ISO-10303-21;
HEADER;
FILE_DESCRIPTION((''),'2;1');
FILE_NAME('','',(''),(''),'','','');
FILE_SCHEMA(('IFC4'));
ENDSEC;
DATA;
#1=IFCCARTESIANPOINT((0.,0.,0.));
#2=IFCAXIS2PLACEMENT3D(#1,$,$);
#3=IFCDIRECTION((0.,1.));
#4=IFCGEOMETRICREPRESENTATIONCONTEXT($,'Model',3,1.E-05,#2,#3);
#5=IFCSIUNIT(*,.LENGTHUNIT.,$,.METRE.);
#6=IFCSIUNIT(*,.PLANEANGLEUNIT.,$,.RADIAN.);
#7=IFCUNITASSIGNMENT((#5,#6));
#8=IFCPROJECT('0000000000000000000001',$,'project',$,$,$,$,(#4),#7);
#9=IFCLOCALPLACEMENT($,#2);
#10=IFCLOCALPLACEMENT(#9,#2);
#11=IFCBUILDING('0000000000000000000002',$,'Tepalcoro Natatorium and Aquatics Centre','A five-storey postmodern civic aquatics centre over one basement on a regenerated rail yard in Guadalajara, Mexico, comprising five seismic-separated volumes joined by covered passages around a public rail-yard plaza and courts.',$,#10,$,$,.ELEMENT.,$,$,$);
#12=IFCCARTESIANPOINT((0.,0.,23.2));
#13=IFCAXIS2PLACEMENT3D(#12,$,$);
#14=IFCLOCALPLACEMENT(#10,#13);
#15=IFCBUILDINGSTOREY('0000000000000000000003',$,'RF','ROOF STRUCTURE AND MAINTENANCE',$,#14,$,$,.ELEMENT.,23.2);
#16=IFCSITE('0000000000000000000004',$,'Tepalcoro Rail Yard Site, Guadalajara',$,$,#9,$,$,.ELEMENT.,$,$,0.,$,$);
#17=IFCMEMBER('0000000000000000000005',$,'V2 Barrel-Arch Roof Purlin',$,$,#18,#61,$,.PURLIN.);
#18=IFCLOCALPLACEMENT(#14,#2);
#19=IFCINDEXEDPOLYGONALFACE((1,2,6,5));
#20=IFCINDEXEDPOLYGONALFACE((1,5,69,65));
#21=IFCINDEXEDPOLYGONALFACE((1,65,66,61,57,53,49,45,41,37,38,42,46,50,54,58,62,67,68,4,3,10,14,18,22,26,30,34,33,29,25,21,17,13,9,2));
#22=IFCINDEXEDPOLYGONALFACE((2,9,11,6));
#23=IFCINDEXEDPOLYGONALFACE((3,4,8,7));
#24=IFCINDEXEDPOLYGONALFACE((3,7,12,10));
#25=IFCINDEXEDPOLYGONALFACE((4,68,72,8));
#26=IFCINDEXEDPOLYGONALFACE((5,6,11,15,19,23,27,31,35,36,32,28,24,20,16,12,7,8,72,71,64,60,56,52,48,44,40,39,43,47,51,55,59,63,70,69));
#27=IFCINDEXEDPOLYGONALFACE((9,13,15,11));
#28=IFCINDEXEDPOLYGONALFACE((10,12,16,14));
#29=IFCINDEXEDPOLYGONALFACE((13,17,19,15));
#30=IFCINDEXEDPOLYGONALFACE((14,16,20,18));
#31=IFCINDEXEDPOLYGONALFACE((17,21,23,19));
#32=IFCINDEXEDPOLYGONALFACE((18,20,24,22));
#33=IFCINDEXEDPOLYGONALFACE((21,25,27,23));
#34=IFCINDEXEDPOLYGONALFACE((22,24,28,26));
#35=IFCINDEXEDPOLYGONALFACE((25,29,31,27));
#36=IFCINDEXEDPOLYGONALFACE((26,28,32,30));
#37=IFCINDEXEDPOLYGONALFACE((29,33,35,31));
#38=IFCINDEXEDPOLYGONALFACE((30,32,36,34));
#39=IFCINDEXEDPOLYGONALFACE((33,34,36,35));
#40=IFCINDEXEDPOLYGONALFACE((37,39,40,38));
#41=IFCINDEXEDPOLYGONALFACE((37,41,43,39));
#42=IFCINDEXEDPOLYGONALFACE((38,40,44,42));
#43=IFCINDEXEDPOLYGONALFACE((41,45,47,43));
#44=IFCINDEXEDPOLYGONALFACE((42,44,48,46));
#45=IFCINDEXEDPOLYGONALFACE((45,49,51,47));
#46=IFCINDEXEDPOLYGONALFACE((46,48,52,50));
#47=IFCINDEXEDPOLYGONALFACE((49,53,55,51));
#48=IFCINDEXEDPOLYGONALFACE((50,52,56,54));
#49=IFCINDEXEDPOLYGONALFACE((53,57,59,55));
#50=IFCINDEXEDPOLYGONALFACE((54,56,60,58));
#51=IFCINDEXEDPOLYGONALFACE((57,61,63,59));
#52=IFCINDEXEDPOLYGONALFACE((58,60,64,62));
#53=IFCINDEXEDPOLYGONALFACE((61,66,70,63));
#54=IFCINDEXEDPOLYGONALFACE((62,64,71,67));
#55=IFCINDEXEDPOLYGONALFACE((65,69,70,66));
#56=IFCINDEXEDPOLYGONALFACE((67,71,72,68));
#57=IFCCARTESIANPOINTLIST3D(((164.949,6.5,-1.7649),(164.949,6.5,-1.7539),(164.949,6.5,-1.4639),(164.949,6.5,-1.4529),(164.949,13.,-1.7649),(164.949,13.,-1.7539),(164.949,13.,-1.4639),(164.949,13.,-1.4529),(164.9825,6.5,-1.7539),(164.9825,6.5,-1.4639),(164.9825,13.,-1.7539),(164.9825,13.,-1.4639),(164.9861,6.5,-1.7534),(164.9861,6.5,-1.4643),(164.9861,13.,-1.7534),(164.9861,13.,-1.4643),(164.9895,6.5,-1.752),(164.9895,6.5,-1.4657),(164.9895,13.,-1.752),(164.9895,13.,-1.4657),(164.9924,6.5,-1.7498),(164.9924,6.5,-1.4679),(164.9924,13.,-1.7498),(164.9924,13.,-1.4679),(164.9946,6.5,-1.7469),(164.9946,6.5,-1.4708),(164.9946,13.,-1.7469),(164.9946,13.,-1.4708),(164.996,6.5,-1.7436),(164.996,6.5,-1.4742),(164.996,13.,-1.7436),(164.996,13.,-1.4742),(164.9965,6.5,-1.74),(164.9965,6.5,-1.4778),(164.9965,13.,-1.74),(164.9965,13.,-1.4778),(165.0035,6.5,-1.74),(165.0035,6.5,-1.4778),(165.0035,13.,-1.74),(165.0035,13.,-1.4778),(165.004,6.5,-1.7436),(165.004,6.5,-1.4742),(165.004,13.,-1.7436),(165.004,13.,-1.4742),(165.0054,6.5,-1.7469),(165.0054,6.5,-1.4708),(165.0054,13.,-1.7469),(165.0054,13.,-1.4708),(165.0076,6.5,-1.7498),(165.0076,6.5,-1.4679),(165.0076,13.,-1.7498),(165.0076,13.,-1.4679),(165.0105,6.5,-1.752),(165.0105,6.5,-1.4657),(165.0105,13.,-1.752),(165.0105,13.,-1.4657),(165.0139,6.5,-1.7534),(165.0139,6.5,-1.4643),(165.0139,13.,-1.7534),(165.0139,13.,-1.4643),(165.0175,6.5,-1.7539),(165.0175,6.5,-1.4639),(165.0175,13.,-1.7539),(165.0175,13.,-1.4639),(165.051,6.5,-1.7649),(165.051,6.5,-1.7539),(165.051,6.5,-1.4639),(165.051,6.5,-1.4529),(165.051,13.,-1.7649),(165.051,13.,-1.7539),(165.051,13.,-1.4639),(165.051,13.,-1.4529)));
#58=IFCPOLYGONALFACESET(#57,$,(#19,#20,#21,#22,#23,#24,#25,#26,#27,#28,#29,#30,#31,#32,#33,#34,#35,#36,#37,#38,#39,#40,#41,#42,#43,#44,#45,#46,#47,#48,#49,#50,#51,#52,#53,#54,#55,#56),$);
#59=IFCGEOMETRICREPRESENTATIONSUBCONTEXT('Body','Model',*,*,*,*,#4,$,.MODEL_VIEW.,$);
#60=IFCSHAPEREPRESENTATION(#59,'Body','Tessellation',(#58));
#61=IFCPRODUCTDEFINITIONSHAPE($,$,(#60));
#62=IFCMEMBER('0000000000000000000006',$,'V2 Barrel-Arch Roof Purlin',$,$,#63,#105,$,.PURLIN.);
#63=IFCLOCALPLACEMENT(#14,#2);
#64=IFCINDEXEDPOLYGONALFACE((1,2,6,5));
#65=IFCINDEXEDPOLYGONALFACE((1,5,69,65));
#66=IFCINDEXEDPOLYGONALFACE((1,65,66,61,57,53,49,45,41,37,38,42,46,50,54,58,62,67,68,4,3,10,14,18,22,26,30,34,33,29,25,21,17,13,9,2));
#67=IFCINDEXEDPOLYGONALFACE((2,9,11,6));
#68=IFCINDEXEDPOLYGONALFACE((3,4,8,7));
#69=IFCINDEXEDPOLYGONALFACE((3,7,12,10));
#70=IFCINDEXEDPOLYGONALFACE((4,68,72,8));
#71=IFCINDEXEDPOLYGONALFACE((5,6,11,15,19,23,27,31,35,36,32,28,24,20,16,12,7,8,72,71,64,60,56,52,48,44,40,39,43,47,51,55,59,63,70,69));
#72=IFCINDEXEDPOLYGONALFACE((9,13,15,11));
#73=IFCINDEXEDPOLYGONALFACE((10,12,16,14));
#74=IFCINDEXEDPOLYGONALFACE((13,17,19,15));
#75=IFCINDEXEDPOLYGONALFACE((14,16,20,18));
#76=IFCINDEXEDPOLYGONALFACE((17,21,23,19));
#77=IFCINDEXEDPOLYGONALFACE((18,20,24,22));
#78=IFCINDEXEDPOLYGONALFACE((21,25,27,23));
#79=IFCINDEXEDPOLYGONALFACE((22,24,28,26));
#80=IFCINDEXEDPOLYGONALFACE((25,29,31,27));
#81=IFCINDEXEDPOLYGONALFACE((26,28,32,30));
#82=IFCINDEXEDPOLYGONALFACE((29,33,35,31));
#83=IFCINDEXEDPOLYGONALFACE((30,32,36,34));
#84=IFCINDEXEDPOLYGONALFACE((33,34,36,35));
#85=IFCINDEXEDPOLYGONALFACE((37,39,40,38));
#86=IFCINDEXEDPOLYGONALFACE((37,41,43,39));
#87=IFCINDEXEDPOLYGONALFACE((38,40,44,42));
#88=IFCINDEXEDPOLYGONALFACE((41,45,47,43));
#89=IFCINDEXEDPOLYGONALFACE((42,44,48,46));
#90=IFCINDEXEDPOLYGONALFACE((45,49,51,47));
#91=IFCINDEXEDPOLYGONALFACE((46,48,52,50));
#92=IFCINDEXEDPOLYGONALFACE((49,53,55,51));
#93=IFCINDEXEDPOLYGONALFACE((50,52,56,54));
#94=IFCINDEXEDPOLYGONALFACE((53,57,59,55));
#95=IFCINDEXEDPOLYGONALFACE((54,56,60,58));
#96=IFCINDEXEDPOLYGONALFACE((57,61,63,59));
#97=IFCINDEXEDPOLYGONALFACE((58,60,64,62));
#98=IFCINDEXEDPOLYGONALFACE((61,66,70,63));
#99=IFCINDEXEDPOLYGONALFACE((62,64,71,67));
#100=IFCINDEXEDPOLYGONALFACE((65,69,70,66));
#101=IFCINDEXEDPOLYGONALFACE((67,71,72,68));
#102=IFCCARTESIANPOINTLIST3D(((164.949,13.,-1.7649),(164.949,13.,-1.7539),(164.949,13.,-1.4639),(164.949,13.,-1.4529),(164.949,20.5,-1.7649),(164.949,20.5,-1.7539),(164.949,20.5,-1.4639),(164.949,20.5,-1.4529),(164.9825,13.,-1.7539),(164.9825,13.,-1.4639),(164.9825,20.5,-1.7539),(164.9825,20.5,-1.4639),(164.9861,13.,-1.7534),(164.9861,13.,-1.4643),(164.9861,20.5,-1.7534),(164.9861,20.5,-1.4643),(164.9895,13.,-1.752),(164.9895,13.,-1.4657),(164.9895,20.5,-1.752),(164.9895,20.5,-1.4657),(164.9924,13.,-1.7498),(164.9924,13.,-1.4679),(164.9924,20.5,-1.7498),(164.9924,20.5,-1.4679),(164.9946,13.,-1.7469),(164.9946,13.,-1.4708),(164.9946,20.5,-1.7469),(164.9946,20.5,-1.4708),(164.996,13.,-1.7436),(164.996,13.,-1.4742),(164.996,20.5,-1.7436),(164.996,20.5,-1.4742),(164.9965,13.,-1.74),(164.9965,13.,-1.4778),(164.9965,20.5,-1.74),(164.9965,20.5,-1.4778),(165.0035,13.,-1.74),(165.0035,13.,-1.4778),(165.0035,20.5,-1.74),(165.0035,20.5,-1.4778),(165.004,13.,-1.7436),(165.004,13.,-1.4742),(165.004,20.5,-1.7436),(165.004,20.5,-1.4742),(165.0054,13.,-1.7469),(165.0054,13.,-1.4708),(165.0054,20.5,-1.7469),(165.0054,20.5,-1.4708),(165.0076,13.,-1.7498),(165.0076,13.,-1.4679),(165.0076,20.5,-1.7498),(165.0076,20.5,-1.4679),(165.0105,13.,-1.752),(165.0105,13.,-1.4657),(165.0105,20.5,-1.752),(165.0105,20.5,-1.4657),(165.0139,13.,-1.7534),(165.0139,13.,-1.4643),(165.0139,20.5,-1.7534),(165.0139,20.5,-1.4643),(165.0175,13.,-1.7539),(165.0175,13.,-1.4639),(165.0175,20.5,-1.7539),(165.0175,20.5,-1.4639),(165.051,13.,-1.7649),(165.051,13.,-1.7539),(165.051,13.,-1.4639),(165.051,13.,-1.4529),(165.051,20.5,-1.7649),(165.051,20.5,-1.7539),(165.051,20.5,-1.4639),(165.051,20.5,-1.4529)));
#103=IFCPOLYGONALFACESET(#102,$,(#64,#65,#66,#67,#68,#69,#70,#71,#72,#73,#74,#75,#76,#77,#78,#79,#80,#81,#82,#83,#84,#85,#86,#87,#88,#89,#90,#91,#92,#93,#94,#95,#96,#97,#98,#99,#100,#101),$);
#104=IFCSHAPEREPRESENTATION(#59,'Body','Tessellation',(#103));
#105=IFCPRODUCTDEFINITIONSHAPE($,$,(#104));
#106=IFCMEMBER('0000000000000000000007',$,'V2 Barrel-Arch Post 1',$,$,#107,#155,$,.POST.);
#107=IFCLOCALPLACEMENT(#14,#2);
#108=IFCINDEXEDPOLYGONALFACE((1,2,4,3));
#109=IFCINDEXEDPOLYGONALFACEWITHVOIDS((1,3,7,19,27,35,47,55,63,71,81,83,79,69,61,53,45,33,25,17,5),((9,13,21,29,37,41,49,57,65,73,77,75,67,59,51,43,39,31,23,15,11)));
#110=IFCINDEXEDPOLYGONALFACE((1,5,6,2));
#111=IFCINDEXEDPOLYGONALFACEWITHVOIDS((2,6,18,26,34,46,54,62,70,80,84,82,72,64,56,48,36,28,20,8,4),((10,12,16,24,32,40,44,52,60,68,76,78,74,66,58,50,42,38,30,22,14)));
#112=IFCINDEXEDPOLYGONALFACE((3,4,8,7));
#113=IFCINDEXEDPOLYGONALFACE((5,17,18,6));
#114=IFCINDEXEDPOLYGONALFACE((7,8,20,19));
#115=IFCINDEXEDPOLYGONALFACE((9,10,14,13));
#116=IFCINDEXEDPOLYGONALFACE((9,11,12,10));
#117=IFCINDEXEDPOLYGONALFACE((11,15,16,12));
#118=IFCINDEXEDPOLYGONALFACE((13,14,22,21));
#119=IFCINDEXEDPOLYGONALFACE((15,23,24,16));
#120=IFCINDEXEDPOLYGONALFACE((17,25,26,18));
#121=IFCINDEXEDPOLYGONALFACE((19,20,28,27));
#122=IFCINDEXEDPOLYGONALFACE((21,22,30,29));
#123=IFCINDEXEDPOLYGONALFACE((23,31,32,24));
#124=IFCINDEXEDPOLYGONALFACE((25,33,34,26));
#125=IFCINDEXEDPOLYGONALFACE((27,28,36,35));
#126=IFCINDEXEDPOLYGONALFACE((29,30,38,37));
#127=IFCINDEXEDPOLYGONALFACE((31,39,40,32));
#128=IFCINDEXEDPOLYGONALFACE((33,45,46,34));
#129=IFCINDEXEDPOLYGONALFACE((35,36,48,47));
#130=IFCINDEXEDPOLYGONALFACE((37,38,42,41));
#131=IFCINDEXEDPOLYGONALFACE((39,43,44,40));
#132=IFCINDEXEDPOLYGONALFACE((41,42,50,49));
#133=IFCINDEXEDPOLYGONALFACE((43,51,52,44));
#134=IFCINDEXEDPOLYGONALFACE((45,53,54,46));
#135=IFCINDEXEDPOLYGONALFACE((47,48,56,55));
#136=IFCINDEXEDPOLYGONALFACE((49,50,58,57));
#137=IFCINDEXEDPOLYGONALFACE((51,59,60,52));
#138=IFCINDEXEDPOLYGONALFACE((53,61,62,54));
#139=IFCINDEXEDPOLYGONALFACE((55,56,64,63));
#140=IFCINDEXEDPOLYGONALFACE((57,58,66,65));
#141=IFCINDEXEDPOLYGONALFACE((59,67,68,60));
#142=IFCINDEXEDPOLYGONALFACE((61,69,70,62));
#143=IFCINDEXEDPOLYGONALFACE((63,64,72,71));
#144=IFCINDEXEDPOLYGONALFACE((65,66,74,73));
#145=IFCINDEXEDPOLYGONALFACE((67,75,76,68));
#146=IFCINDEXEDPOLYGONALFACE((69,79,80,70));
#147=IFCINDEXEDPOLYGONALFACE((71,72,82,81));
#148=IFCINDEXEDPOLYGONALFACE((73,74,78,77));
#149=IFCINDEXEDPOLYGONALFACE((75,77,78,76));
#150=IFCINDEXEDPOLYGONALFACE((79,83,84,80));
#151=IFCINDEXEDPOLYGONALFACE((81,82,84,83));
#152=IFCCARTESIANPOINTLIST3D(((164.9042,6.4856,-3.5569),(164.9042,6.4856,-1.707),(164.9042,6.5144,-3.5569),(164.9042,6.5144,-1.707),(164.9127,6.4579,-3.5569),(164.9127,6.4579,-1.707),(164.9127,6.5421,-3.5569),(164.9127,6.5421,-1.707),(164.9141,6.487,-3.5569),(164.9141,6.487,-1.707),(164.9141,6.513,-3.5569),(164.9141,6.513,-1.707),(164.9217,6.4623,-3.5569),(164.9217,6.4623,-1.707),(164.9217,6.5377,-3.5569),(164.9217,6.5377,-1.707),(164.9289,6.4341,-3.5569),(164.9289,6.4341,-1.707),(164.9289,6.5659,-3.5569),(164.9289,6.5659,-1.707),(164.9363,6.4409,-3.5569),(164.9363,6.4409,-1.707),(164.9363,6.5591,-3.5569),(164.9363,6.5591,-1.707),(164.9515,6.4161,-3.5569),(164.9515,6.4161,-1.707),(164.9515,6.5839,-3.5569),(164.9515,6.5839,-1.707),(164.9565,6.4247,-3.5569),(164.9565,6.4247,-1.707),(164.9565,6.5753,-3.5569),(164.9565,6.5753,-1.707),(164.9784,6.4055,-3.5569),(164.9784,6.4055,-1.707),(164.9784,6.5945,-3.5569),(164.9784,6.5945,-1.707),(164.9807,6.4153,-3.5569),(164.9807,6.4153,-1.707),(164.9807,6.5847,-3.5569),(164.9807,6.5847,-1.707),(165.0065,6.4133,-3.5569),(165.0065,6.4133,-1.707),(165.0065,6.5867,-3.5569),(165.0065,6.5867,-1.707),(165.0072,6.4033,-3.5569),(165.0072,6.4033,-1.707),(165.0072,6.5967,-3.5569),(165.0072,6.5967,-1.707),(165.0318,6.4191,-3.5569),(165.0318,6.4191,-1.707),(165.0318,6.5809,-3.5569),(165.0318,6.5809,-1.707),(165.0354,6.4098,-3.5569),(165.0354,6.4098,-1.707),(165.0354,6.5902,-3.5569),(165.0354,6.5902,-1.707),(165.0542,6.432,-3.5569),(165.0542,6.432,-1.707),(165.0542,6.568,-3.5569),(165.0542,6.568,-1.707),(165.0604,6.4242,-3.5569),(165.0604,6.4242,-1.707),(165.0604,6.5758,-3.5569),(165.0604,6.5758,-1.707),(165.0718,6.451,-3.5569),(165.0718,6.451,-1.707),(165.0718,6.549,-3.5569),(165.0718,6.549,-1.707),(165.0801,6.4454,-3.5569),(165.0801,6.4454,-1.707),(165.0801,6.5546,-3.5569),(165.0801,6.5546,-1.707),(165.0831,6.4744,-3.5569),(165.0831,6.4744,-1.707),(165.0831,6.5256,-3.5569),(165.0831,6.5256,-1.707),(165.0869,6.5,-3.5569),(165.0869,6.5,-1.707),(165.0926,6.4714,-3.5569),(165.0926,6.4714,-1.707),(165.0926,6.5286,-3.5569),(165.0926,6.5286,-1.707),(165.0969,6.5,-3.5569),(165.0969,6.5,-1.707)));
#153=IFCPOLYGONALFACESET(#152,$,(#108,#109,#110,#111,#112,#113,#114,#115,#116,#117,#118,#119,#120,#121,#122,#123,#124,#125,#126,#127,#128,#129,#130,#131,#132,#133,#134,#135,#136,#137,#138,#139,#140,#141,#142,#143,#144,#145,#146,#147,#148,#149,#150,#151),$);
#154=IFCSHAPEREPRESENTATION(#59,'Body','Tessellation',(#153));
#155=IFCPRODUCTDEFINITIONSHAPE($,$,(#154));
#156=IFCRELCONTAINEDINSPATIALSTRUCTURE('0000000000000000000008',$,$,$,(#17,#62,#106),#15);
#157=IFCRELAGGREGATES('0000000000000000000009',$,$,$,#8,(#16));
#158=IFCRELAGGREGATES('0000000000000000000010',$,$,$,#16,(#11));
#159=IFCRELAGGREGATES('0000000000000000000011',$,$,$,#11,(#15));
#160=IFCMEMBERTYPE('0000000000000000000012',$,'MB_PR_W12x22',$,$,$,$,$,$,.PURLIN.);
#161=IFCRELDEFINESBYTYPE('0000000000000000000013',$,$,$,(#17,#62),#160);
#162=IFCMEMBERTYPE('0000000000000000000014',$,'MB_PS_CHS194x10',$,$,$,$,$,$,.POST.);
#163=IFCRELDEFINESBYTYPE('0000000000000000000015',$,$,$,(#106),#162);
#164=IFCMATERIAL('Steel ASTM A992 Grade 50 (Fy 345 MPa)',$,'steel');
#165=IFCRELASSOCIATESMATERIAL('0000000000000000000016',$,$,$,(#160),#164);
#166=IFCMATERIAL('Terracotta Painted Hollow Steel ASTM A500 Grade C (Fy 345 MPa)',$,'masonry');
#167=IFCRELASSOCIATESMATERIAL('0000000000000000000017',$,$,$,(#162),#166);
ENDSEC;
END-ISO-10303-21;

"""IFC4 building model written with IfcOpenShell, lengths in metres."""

from ifc_helpers import new_model, si_unit, direction, frame, origin, origin_2d, place, context, subcontext, project, spatial, hollow_circle, i_section, extrude, material, material_profile, profile_set, type_object, element, save


model = new_model("IFC4")

# Units and contexts
model_context = context("Model", 3, precision=1e-05, world=origin(), true_north=direction((0.0, 1.0)))
body_context = subcontext(model_context, "Body", "Model", "MODEL_VIEW")
ifc_project = project(units=[si_unit("LENGTHUNIT", "METRE"), si_unit("PLANEANGLEUNIT", "RADIAN")], contexts=[model_context])

# Site, building, storey
site_placement = place(None, origin())
site = spatial("IfcSite", under=ifc_project, at=site_placement, Name="Tepalcoro Rail Yard Site, Guadalajara", CompositionType="ELEMENT", RefElevation=0.0)
building_placement = place(site_placement, origin())
building = spatial("IfcBuilding", under=site, at=building_placement, Name="Tepalcoro Natatorium and Aquatics Centre", Description="A five-storey postmodern civic aquatics centre over one basement on a regenerated rail yard in Guadalajara, Mexico, comprising five seismic-separated volumes joined by covered passages around a public rail-yard plaza and courts.", CompositionType="ELEMENT")
storey_placement = place(building_placement, frame((0.0, 0.0, 23.2)))
storey = spatial("IfcBuildingStorey", under=building, at=storey_placement, Name="RF", Description="ROOF STRUCTURE AND MAINTENANCE", CompositionType="ELEMENT", Elevation=23.2)

# Shared definitions
ifc_material_1 = material(Name="Terracotta Painted Hollow Steel ASTM A500 Grade C (Fy 345 MPa)", Category="masonry")

# Members
ifc_material_2 = material(Name="Steel ASTM A992 Grade 50 (Fy 345 MPa)", Category="steel")
ifc_material_profile_1 = material_profile(ifc_material_2, i_section(OverallWidth=0.1021, OverallDepth=0.312, WebThickness=0.0071, FlangeThickness=0.011, FilletRadius=0.0139, at=origin_2d()), Name="W12X22")
ifc_profile_set_1 = profile_set([ifc_material_profile_1], Name="Steel ASTM A992 Grade 50 (Fy 345 MPa)")
member_type_1 = type_object("IfcMemberType", Name="MB_PR_W12x22", PredefinedType="PURLIN", material=ifc_profile_set_1)
member_1_placement = place(storey_placement, frame((165.0, 6.5, -1.6089), z_axis=(0.0, 1.0, 0.0), x_axis=(-1.0, 0.0, 0.0)))
element("IfcMember", 1, at=member_1_placement, inside=storey, type_object=member_type_1, Name="V2 Barrel-Arch Roof Purlin", PredefinedType="PURLIN", context=body_context, shape_type="SweptSolid", body=[
    extrude(i_section(OverallWidth=0.1021, OverallDepth=0.312, WebThickness=0.0071, FlangeThickness=0.011, FilletRadius=0.0139, at=origin_2d()), origin(), (0.0, 0.0, 1.0), 6.5),
])
member_2_placement = place(storey_placement, frame((165.0, 13.0, -1.6089), z_axis=(0.0, 1.0, 0.0), x_axis=(-1.0, 0.0, 0.0)))
element("IfcMember", 2, at=member_2_placement, inside=storey, type_object=member_type_1, Name="V2 Barrel-Arch Roof Purlin", PredefinedType="PURLIN", context=body_context, shape_type="SweptSolid", body=[
    extrude(i_section(OverallWidth=0.1021, OverallDepth=0.312, WebThickness=0.0071, FlangeThickness=0.011, FilletRadius=0.0139, at=origin_2d()), origin(), (0.0, 0.0, 1.0), 7.5),
])
ifc_material_profile_2 = material_profile(ifc_material_1, hollow_circle(Radius=0.0969, WallThickness=0.01, at=origin_2d()), Name="CHS194X10")
ifc_profile_set_2 = profile_set([ifc_material_profile_2], Name="Terracotta Painted Hollow Steel ASTM A500 Grade C (Fy 345 MPa)")
member_type_2 = type_object("IfcMemberType", Name="MB_PS_CHS194x10", PredefinedType="POST", material=ifc_profile_set_2)
member_3_placement = place(storey_placement, frame((165.0, 6.5, -3.5569), z_axis=(0.0, 0.0, 1.0), x_axis=(1.0, 0.0, 0.0)))
element("IfcMember", 3, at=member_3_placement, inside=storey, type_object=member_type_2, Name="V2 Barrel-Arch Post 1", PredefinedType="POST", context=body_context, shape_type="SweptSolid", body=[
    extrude(hollow_circle(Radius=0.0969, WallThickness=0.01, at=origin_2d()), origin(), (0.0, 0.0, 1.0), 1.8499),
])

save(model, "model.ifc")
